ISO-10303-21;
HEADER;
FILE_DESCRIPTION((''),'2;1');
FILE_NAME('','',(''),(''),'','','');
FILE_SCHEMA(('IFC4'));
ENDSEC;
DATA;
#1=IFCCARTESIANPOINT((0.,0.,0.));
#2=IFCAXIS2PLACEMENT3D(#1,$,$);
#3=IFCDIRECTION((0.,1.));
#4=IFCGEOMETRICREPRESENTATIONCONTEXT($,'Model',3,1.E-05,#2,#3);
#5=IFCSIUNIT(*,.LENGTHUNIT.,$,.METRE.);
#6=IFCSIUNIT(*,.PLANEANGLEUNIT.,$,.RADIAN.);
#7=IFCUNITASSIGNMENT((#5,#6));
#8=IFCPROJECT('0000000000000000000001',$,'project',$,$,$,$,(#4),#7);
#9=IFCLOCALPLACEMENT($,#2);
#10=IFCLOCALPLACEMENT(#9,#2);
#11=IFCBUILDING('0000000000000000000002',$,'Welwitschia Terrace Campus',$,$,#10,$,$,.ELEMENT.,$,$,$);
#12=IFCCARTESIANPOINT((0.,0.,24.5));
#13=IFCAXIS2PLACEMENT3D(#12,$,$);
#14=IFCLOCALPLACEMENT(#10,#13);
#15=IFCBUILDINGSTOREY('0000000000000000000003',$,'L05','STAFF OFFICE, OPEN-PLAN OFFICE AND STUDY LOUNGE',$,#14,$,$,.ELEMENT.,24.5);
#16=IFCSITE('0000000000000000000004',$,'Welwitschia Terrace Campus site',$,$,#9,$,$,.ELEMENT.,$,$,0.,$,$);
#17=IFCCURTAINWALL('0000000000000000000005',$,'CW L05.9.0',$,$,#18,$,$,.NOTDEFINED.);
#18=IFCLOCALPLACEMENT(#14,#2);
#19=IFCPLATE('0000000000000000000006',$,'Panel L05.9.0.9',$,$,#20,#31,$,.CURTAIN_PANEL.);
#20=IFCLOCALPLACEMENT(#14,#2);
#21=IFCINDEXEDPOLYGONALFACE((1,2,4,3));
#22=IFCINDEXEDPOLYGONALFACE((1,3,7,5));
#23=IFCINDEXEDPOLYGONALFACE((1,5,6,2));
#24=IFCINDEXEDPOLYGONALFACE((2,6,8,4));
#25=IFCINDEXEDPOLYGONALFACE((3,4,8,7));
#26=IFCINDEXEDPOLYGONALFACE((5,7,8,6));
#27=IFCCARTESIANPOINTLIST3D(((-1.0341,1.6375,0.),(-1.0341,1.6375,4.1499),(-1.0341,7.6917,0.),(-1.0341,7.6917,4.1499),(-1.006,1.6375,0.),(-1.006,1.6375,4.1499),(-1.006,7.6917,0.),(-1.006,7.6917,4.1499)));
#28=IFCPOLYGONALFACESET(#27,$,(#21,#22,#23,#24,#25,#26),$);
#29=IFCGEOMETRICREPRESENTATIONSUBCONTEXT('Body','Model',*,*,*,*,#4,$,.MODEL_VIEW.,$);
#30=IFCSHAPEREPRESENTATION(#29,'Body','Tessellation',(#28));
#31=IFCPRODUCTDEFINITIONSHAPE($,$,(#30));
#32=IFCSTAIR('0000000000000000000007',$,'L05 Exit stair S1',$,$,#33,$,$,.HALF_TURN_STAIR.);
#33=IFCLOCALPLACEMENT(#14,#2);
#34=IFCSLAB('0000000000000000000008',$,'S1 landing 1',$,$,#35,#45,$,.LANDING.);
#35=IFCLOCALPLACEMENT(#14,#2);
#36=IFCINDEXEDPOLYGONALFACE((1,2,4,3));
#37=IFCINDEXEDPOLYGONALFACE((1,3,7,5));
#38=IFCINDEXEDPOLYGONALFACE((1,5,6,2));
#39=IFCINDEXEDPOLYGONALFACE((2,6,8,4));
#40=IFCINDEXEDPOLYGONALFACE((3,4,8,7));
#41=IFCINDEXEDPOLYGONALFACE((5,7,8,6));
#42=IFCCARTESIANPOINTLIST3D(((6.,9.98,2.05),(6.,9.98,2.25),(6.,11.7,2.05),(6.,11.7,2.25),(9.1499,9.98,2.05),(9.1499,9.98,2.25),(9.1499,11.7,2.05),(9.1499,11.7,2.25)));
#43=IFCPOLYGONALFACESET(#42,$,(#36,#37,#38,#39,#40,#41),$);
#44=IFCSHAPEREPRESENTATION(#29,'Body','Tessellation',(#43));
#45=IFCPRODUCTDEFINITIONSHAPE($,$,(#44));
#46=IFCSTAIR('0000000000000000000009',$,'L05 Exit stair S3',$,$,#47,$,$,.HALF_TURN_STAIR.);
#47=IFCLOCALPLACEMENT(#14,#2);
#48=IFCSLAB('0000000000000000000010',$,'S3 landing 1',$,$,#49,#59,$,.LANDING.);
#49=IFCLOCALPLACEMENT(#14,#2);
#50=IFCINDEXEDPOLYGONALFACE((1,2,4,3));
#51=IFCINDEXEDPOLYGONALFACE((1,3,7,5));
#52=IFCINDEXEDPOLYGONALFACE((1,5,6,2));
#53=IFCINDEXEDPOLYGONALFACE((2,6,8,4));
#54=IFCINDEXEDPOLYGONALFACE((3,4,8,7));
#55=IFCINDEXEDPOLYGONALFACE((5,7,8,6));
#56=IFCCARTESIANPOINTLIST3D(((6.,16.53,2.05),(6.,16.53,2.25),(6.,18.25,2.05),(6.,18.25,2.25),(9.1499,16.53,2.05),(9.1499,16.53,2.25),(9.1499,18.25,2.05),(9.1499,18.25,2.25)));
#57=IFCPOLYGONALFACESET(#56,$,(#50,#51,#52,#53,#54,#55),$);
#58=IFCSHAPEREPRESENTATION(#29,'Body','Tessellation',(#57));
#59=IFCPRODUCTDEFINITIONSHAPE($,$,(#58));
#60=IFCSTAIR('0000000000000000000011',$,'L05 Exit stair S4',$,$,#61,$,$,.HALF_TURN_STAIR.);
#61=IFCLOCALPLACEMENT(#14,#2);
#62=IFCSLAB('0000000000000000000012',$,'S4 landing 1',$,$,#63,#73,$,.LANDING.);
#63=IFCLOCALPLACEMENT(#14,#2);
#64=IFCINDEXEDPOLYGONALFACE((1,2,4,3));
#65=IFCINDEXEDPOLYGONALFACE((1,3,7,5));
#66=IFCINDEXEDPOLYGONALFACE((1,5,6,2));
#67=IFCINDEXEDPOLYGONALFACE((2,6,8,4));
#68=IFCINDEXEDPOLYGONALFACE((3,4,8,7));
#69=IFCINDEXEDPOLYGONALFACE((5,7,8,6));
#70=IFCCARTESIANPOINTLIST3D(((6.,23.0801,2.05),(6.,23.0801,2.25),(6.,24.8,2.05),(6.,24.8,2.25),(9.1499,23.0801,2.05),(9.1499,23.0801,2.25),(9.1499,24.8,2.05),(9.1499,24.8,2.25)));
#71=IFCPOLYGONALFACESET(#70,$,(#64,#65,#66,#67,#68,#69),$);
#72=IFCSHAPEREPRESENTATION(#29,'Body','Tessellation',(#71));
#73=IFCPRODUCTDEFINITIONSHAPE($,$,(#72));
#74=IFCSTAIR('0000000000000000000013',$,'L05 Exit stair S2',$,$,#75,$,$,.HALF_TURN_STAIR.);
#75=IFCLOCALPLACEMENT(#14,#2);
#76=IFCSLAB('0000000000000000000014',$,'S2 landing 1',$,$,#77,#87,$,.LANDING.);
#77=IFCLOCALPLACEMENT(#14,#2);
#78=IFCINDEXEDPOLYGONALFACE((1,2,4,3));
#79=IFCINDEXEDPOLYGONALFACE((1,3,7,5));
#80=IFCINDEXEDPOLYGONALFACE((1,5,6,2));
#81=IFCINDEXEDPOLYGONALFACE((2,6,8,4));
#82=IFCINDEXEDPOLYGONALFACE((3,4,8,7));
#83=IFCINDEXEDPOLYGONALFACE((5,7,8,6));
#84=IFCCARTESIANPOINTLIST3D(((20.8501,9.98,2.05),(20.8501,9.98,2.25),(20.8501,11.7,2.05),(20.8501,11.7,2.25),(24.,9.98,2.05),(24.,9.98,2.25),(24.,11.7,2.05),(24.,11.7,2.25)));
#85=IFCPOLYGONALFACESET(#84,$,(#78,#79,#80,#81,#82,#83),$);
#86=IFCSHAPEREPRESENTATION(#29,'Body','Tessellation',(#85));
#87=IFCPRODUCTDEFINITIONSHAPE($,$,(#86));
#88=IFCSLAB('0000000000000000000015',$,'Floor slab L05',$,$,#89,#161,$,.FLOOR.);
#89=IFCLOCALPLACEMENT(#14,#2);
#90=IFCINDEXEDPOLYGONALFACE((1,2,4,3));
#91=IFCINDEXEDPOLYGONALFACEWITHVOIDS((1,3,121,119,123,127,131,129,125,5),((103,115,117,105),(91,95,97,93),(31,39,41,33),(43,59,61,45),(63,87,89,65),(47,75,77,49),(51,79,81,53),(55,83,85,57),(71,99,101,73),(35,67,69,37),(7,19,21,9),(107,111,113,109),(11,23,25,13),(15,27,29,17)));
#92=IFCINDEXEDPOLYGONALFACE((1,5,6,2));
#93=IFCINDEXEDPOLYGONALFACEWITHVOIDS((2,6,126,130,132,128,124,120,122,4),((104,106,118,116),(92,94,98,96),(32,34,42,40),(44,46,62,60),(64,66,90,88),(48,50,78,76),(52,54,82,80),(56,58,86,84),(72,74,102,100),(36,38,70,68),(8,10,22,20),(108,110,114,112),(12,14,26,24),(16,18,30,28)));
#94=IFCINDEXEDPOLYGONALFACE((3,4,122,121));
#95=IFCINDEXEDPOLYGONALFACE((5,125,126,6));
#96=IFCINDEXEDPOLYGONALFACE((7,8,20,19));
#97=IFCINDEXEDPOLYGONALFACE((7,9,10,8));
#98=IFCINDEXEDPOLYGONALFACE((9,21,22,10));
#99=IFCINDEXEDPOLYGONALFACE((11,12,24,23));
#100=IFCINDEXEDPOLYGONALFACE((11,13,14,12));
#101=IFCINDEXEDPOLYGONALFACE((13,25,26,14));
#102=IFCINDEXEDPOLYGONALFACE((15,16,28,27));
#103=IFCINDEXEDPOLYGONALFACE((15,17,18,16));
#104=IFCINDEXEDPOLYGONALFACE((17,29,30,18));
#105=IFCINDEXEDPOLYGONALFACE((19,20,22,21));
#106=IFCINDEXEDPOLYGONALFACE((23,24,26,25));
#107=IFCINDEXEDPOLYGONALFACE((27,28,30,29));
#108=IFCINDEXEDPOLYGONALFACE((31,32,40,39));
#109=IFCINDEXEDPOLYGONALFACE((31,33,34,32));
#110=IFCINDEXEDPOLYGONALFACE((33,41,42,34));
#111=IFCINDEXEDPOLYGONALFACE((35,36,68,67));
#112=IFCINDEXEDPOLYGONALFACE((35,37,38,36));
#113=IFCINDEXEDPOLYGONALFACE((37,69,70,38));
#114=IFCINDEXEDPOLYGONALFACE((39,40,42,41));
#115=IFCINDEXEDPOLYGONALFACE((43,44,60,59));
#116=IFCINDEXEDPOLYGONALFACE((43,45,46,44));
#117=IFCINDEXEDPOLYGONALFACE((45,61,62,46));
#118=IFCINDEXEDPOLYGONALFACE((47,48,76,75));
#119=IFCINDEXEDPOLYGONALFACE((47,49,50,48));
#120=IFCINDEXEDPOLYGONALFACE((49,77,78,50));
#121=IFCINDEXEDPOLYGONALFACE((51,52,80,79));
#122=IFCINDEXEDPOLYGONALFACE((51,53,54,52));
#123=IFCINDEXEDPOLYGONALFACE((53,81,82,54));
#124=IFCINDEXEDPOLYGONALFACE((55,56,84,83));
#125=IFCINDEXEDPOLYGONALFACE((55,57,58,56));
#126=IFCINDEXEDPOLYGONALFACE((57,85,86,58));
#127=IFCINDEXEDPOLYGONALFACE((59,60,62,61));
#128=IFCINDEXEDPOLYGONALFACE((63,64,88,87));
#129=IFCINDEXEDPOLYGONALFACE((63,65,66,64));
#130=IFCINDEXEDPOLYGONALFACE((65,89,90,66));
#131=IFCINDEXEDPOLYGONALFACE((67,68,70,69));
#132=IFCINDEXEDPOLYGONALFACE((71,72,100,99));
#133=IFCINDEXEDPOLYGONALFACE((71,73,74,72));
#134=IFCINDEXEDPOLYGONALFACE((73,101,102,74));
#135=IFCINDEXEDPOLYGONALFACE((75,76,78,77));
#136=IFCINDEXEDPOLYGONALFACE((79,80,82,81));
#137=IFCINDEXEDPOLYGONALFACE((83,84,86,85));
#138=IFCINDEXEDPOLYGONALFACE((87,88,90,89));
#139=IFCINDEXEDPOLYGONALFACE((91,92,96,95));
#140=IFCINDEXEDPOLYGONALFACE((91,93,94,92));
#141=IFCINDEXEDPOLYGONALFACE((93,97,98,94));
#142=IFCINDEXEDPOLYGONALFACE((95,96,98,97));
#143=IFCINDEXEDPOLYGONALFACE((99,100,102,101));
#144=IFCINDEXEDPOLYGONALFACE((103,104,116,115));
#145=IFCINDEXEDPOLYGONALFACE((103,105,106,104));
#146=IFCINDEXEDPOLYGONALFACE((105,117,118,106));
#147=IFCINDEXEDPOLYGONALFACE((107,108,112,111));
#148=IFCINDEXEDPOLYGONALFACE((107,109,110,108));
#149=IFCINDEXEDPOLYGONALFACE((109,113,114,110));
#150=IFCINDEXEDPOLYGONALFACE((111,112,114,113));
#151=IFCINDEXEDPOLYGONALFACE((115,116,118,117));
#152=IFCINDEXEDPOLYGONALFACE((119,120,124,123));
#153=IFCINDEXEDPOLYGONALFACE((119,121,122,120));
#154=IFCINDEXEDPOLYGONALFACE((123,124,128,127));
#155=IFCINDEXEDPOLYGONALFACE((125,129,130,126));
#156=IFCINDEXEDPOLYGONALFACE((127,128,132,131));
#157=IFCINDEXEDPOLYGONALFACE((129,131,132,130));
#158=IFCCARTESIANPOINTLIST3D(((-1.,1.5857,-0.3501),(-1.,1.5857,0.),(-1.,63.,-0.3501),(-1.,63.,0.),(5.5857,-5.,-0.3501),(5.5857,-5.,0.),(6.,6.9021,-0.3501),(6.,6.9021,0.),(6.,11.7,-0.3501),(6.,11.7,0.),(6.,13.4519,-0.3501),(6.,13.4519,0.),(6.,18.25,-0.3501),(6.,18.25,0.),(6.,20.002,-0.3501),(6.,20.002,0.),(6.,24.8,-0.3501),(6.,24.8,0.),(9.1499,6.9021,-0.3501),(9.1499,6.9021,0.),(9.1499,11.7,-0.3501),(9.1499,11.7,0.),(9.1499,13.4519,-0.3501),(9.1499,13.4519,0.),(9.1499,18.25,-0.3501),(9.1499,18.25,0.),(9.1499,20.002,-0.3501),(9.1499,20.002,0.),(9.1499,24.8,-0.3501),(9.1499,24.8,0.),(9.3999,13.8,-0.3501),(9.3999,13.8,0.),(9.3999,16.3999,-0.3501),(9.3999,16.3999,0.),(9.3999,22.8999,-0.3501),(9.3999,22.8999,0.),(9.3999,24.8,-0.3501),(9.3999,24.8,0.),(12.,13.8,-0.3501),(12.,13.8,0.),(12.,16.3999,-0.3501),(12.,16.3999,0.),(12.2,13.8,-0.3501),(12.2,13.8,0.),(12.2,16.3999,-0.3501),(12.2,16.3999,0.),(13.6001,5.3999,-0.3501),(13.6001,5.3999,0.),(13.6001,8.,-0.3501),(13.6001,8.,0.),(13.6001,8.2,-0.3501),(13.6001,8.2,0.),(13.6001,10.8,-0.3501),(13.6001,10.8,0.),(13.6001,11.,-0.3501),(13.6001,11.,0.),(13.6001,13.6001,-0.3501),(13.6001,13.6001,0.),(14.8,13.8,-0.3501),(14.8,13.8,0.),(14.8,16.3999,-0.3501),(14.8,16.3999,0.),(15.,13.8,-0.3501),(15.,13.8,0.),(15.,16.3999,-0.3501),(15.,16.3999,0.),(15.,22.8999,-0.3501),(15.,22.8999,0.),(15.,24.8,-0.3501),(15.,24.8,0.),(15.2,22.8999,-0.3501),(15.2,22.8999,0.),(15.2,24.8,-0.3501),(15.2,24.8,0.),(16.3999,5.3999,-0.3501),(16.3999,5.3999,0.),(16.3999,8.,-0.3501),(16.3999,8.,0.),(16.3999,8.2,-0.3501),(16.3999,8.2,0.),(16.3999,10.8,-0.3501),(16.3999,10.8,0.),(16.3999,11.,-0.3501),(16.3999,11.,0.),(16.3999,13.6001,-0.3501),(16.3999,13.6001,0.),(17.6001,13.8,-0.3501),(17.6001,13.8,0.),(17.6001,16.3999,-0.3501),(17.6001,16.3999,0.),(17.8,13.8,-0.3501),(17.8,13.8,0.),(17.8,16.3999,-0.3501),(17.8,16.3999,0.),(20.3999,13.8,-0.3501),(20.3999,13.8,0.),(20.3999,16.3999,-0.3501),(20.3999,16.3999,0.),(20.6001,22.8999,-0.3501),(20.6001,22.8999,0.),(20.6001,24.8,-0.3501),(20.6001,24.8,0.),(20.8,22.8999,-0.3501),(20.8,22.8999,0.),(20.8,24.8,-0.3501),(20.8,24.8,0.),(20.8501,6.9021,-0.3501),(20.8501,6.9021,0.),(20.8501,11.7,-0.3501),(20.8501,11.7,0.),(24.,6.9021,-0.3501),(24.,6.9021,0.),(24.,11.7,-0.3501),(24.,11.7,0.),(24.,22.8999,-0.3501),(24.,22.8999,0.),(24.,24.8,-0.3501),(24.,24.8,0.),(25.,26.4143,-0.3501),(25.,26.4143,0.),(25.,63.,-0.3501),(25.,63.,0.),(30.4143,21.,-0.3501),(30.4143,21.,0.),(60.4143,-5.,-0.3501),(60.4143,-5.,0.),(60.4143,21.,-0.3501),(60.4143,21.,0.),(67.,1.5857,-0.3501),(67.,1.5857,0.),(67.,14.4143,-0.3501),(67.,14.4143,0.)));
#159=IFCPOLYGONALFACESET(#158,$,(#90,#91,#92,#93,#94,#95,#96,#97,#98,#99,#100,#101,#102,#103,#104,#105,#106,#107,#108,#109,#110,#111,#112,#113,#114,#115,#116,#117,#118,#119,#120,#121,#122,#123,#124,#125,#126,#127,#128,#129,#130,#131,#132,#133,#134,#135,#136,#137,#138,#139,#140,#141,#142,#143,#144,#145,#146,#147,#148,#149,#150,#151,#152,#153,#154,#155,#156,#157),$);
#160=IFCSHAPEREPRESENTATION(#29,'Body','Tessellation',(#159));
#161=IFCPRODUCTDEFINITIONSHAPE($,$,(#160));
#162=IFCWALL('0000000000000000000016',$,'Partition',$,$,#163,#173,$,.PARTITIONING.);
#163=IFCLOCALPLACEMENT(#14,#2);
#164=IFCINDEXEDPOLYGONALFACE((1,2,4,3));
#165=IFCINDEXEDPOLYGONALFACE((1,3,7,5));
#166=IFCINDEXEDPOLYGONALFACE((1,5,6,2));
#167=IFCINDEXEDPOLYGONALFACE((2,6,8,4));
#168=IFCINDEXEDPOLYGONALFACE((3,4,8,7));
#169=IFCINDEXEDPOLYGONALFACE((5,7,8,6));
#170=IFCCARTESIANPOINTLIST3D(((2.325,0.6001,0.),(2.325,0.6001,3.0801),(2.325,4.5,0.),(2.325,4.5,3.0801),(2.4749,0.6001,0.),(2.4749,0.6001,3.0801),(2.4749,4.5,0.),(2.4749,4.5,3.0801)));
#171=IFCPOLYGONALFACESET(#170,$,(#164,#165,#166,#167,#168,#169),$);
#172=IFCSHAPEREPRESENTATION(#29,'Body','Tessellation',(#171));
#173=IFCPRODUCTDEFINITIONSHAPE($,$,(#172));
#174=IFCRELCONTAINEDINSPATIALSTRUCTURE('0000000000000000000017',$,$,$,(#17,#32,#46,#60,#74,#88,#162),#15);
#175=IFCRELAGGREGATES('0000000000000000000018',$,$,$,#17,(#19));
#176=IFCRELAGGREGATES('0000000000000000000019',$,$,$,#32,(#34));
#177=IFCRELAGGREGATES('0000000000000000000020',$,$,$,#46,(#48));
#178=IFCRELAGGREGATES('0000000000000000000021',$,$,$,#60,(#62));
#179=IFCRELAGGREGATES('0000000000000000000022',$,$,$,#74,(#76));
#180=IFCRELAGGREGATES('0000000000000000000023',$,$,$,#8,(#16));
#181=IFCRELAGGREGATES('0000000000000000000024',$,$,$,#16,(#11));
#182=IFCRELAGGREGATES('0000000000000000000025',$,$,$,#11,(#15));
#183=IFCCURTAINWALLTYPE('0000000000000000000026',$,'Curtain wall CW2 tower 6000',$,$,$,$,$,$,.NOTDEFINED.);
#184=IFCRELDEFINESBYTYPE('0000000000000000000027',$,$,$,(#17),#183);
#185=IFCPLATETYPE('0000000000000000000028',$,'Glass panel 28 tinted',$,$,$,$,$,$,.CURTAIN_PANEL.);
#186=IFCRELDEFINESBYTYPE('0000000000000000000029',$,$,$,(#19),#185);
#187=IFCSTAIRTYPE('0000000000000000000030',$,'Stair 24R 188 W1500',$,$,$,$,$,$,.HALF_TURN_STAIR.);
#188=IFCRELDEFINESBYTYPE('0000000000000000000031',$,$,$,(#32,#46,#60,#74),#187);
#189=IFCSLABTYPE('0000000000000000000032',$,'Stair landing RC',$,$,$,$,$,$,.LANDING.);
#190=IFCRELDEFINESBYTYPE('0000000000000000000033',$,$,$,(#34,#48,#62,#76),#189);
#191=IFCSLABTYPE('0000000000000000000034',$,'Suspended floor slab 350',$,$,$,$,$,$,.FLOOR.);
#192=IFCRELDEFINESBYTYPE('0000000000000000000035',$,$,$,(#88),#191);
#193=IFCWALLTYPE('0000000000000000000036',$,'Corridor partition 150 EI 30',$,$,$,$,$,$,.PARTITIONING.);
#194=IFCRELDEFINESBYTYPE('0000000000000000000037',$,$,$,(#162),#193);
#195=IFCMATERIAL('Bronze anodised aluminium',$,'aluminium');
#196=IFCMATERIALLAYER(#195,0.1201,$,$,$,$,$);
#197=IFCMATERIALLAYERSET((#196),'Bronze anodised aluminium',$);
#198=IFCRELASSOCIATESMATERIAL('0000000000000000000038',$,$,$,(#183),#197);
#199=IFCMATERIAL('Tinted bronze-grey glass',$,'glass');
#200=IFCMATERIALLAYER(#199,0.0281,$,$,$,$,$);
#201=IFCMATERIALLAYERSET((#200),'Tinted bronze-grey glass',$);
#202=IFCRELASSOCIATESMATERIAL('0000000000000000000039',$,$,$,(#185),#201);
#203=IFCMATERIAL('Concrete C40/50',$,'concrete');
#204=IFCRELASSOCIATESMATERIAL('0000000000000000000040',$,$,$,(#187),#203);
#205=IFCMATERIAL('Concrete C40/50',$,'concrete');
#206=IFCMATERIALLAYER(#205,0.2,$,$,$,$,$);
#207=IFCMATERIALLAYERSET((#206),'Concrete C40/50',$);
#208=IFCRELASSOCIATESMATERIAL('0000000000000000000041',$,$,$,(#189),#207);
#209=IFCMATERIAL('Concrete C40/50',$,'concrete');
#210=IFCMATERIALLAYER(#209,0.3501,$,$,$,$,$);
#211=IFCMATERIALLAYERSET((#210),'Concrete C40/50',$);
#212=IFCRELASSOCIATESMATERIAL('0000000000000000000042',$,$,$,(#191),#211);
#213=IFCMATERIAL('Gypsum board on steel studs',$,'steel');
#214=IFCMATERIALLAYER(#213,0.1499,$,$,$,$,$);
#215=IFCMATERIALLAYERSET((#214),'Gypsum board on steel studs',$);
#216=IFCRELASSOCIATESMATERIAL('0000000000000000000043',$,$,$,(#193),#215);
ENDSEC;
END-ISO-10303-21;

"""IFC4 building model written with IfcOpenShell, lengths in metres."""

from ifc_helpers import new_model, si_unit, direction, frame, frame_2d, origin, origin_2d, place, context, subcontext, project, spatial, polyline, rectangle, outline, extrude, material, layer, layer_set, type_object, element, aggregate, save


model = new_model("IFC4")

# Units and contexts
model_context = context("Model", 3, precision=1e-05, world=origin(), true_north=direction((0.0, 1.0)))
body_context = subcontext(model_context, "Body", "Model", "MODEL_VIEW")
ifc_project = project(units=[si_unit("LENGTHUNIT", "METRE"), si_unit("PLANEANGLEUNIT", "RADIAN")], contexts=[model_context])

# Site, building, storey
site_placement = place(None, origin())
site = spatial("IfcSite", under=ifc_project, at=site_placement, Name="Welwitschia Terrace Campus site", CompositionType="ELEMENT", RefElevation=0.0)
building_placement = place(site_placement, origin())
building = spatial("IfcBuilding", under=site, at=building_placement, Name="Welwitschia Terrace Campus", CompositionType="ELEMENT")
storey_placement = place(building_placement, frame((0.0, 0.0, 24.5)))
storey = spatial("IfcBuildingStorey", under=building, at=storey_placement, Name="L05", Description="STAFF OFFICE, OPEN-PLAN OFFICE AND STUDY LOUNGE", CompositionType="ELEMENT", Elevation=24.5)

# Shared definitions
ifc_material_1 = material(Name="Bronze anodised aluminium", Category="aluminium")
ifc_layer_1 = layer(ifc_material_1, 0.1201)
ifc_layer_set_1 = layer_set([ifc_layer_1], Name="Bronze anodised aluminium")
curtain_wall_type = type_object("IfcCurtainWallType", Name="Curtain wall CW2 tower 6000", PredefinedType="NOTDEFINED", material=ifc_layer_set_1)

# Curtain wall
curtain_wall_1_placement = place(storey_placement, origin())
curtain_wall_1 = element("IfcCurtainWall", 1, at=curtain_wall_1_placement, inside=storey, type_object=curtain_wall_type, Name="CW L05.9.0", PredefinedType="NOTDEFINED")

# Plate
ifc_material_2 = material(Name="Tinted bronze-grey glass", Category="glass")
ifc_layer_2 = layer(ifc_material_2, 0.0281)
ifc_layer_set_2 = layer_set([ifc_layer_2], Name="Tinted bronze-grey glass")
plate_type = type_object("IfcPlateType", Name="Glass panel 28 tinted", PredefinedType="CURTAIN_PANEL", material=ifc_layer_set_2)
plate_1_placement = place(storey_placement, frame((-1.02, 4.6646, 0.0), z_axis=(0.0, 0.0, 1.0), x_axis=(0.0, -1.0, 0.0)))
plate_1 = element("IfcPlate", 2, at=plate_1_placement, type_object=plate_type, Name="Panel L05.9.0.9", PredefinedType="CURTAIN_PANEL", context=body_context, shape_type="SweptSolid", body=[
    extrude(rectangle(XDim=6.0542, YDim=0.0281, at=origin_2d()), origin(), (0.0, 0.0, 1.0), 4.1499),
])
aggregate(curtain_wall_1, [plate_1])

# Stairs, slabs
ifc_material_3 = material(Name="Concrete C40/50", Category="concrete")
stair_type = type_object("IfcStairType", Name="Stair 24R 188 W1500", PredefinedType="HALF_TURN_STAIR", material=ifc_material_3)
stair_1_placement = place(storey_placement, origin())
stair_1 = element("IfcStair", 3, at=stair_1_placement, inside=storey, type_object=stair_type, Name="L05 Exit stair S1", PredefinedType="HALF_TURN_STAIR")
ifc_material_4 = material(Name="Concrete C40/50", Category="concrete")
ifc_layer_3 = layer(ifc_material_4, 0.2)
ifc_layer_set_3 = layer_set([ifc_layer_3], Name="Concrete C40/50")
slab_type_1 = type_object("IfcSlabType", Name="Stair landing RC", PredefinedType="LANDING", material=ifc_layer_set_3)
slab_1_placement = place(storey_placement, frame((0.0, 0.0, 2.05)))
slab_1 = element("IfcSlab", 4, at=slab_1_placement, type_object=slab_type_1, Name="S1 landing 1", PredefinedType="LANDING", context=body_context, shape_type="SweptSolid", body=[
    extrude(outline(polyline([(9.1499, 9.98), (9.1499, 11.7), (6.0, 11.7), (6.0, 9.98), (9.1499, 9.98)])), origin(), (0.0, 0.0, 1.0), 0.2),
])
aggregate(stair_1, [slab_1])
stair_2_placement = place(storey_placement, origin())
stair_2 = element("IfcStair", 5, at=stair_2_placement, inside=storey, type_object=stair_type, Name="L05 Exit stair S3", PredefinedType="HALF_TURN_STAIR")
slab_2_placement = place(storey_placement, frame((0.0, 0.0, 2.05)))
slab_2 = element("IfcSlab", 6, at=slab_2_placement, type_object=slab_type_1, Name="S3 landing 1", PredefinedType="LANDING", context=body_context, shape_type="SweptSolid", body=[
    extrude(outline(polyline([(9.1499, 16.53), (9.1499, 18.25), (6.0, 18.25), (6.0, 16.53), (9.1499, 16.53)])), origin(), (0.0, 0.0, 1.0), 0.2),
])
aggregate(stair_2, [slab_2])
stair_3_placement = place(storey_placement, origin())
stair_3 = element("IfcStair", 7, at=stair_3_placement, inside=storey, type_object=stair_type, Name="L05 Exit stair S4", PredefinedType="HALF_TURN_STAIR")
slab_3_placement = place(storey_placement, frame((0.0, 0.0, 2.05)))
slab_3 = element("IfcSlab", 8, at=slab_3_placement, type_object=slab_type_1, Name="S4 landing 1", PredefinedType="LANDING", context=body_context, shape_type="SweptSolid", body=[
    extrude(outline(polyline([(9.1499, 23.0801), (9.1499, 24.8), (6.0, 24.8), (6.0, 23.0801), (9.1499, 23.0801)])), origin(), (0.0, 0.0, 1.0), 0.2),
])
aggregate(stair_3, [slab_3])
stair_4_placement = place(storey_placement, origin())
stair_4 = element("IfcStair", 9, at=stair_4_placement, inside=storey, type_object=stair_type, Name="L05 Exit stair S2", PredefinedType="HALF_TURN_STAIR")
slab_4_placement = place(storey_placement, frame((0.0, 0.0, 2.05)))
slab_4 = element("IfcSlab", 10, at=slab_4_placement, type_object=slab_type_1, Name="S2 landing 1", PredefinedType="LANDING", context=body_context, shape_type="SweptSolid", body=[
    extrude(outline(polyline([(24.0, 9.98), (24.0, 11.7), (20.8501, 11.7), (20.8501, 9.98), (24.0, 9.98)])), origin(), (0.0, 0.0, 1.0), 0.2),
])
aggregate(stair_4, [slab_4])

# Slab
ifc_material_5 = material(Name="Concrete C40/50", Category="concrete")
ifc_layer_4 = layer(ifc_material_5, 0.3501)
ifc_layer_set_4 = layer_set([ifc_layer_4], Name="Concrete C40/50")
slab_type_2 = type_object("IfcSlabType", Name="Suspended floor slab 350", PredefinedType="FLOOR", material=ifc_layer_set_4)
slab_5_placement = place(storey_placement, frame((0.0, 0.0, -0.3501)))
element("IfcSlab", 11, at=slab_5_placement, inside=storey, type_object=slab_type_2, Name="Floor slab L05", PredefinedType="FLOOR", context=body_context, shape_type="SweptSolid", body=[
    extrude(outline(polyline([(-1.0, 63.0), (25.0, 63.0), (25.0, 26.4143), (30.4143, 21.0), (60.4143, 21.0), (67.0, 14.4143), (67.0, 1.5857), (60.4143, -5.0), (5.5857, -5.0), (-1.0, 1.5857), (-1.0, 63.0)]), holes=[polyline([(13.6001, 8.0), (13.6001, 5.3999), (16.3999, 5.3999), (16.3999, 8.0), (13.6001, 8.0)]), polyline([(9.1499, 11.7), (6.0, 11.7), (6.0, 6.9021), (9.1499, 6.9021), (9.1499, 11.7)]), polyline([(12.0, 16.3999), (9.3999, 16.3999), (9.3999, 13.8), (12.0, 13.8), (12.0, 16.3999)]), polyline([(14.8, 16.3999), (12.2, 16.3999), (12.2, 13.8), (14.8, 13.8), (14.8, 16.3999)]), polyline([(9.1499, 18.25), (6.0, 18.25), (6.0, 13.4519), (9.1499, 13.4519), (9.1499, 18.25)]), polyline([(9.1499, 24.8), (6.0, 24.8), (6.0, 20.002), (9.1499, 20.002), (9.1499, 24.8)]), polyline([(15.0, 24.8), (9.3999, 24.8), (9.3999, 22.8999), (15.0, 22.8999), (15.0, 24.8)]), polyline([(20.8501, 11.7), (20.8501, 6.9021), (24.0, 6.9021), (24.0, 11.7), (20.8501, 11.7)]), polyline([(16.3999, 10.8), (13.6001, 10.8), (13.6001, 8.2), (16.3999, 8.2), (16.3999, 10.8)]), polyline([(16.3999, 13.6001), (13.6001, 13.6001), (13.6001, 11.0), (16.3999, 11.0), (16.3999, 13.6001)]), polyline([(17.6001, 16.3999), (15.0, 16.3999), (15.0, 13.8), (17.6001, 13.8), (17.6001, 16.3999)]), polyline([(20.3999, 16.3999), (17.8, 16.3999), (17.8, 13.8), (20.3999, 13.8), (20.3999, 16.3999)]), polyline([(20.6001, 24.8), (15.2, 24.8), (15.2, 22.8999), (20.6001, 22.8999), (20.6001, 24.8)]), polyline([(24.0, 24.8), (20.8, 24.8), (20.8, 22.8999), (24.0, 22.8999), (24.0, 24.8)])]), origin(), (0.0, 0.0, 1.0), 0.3501),
])

# Wall
ifc_material_6 = material(Name="Gypsum board on steel studs", Category="steel")
ifc_layer_5 = layer(ifc_material_6, 0.1499)
ifc_layer_set_5 = layer_set([ifc_layer_5], Name="Gypsum board on steel studs")
wall_type = type_object("IfcWallType", Name="Corridor partition 150 EI 30", PredefinedType="PARTITIONING", material=ifc_layer_set_5)
wall_1_placement = place(storey_placement, frame((2.3999, 0.6001, 0.0), z_axis=(0.0, 0.0, 1.0), x_axis=(0.0, 1.0, 0.0)))
element("IfcWall", 12, at=wall_1_placement, inside=storey, type_object=wall_type, Name="Partition", PredefinedType="PARTITIONING", context=body_context, shape_type="SweptSolid", body=[
    extrude(rectangle(XDim=3.8999, YDim=0.1499, at=frame_2d((1.95, 0.0))), origin(), (0.0, 0.0, 1.0), 3.0801),
])

save(model, "model.ifc")
